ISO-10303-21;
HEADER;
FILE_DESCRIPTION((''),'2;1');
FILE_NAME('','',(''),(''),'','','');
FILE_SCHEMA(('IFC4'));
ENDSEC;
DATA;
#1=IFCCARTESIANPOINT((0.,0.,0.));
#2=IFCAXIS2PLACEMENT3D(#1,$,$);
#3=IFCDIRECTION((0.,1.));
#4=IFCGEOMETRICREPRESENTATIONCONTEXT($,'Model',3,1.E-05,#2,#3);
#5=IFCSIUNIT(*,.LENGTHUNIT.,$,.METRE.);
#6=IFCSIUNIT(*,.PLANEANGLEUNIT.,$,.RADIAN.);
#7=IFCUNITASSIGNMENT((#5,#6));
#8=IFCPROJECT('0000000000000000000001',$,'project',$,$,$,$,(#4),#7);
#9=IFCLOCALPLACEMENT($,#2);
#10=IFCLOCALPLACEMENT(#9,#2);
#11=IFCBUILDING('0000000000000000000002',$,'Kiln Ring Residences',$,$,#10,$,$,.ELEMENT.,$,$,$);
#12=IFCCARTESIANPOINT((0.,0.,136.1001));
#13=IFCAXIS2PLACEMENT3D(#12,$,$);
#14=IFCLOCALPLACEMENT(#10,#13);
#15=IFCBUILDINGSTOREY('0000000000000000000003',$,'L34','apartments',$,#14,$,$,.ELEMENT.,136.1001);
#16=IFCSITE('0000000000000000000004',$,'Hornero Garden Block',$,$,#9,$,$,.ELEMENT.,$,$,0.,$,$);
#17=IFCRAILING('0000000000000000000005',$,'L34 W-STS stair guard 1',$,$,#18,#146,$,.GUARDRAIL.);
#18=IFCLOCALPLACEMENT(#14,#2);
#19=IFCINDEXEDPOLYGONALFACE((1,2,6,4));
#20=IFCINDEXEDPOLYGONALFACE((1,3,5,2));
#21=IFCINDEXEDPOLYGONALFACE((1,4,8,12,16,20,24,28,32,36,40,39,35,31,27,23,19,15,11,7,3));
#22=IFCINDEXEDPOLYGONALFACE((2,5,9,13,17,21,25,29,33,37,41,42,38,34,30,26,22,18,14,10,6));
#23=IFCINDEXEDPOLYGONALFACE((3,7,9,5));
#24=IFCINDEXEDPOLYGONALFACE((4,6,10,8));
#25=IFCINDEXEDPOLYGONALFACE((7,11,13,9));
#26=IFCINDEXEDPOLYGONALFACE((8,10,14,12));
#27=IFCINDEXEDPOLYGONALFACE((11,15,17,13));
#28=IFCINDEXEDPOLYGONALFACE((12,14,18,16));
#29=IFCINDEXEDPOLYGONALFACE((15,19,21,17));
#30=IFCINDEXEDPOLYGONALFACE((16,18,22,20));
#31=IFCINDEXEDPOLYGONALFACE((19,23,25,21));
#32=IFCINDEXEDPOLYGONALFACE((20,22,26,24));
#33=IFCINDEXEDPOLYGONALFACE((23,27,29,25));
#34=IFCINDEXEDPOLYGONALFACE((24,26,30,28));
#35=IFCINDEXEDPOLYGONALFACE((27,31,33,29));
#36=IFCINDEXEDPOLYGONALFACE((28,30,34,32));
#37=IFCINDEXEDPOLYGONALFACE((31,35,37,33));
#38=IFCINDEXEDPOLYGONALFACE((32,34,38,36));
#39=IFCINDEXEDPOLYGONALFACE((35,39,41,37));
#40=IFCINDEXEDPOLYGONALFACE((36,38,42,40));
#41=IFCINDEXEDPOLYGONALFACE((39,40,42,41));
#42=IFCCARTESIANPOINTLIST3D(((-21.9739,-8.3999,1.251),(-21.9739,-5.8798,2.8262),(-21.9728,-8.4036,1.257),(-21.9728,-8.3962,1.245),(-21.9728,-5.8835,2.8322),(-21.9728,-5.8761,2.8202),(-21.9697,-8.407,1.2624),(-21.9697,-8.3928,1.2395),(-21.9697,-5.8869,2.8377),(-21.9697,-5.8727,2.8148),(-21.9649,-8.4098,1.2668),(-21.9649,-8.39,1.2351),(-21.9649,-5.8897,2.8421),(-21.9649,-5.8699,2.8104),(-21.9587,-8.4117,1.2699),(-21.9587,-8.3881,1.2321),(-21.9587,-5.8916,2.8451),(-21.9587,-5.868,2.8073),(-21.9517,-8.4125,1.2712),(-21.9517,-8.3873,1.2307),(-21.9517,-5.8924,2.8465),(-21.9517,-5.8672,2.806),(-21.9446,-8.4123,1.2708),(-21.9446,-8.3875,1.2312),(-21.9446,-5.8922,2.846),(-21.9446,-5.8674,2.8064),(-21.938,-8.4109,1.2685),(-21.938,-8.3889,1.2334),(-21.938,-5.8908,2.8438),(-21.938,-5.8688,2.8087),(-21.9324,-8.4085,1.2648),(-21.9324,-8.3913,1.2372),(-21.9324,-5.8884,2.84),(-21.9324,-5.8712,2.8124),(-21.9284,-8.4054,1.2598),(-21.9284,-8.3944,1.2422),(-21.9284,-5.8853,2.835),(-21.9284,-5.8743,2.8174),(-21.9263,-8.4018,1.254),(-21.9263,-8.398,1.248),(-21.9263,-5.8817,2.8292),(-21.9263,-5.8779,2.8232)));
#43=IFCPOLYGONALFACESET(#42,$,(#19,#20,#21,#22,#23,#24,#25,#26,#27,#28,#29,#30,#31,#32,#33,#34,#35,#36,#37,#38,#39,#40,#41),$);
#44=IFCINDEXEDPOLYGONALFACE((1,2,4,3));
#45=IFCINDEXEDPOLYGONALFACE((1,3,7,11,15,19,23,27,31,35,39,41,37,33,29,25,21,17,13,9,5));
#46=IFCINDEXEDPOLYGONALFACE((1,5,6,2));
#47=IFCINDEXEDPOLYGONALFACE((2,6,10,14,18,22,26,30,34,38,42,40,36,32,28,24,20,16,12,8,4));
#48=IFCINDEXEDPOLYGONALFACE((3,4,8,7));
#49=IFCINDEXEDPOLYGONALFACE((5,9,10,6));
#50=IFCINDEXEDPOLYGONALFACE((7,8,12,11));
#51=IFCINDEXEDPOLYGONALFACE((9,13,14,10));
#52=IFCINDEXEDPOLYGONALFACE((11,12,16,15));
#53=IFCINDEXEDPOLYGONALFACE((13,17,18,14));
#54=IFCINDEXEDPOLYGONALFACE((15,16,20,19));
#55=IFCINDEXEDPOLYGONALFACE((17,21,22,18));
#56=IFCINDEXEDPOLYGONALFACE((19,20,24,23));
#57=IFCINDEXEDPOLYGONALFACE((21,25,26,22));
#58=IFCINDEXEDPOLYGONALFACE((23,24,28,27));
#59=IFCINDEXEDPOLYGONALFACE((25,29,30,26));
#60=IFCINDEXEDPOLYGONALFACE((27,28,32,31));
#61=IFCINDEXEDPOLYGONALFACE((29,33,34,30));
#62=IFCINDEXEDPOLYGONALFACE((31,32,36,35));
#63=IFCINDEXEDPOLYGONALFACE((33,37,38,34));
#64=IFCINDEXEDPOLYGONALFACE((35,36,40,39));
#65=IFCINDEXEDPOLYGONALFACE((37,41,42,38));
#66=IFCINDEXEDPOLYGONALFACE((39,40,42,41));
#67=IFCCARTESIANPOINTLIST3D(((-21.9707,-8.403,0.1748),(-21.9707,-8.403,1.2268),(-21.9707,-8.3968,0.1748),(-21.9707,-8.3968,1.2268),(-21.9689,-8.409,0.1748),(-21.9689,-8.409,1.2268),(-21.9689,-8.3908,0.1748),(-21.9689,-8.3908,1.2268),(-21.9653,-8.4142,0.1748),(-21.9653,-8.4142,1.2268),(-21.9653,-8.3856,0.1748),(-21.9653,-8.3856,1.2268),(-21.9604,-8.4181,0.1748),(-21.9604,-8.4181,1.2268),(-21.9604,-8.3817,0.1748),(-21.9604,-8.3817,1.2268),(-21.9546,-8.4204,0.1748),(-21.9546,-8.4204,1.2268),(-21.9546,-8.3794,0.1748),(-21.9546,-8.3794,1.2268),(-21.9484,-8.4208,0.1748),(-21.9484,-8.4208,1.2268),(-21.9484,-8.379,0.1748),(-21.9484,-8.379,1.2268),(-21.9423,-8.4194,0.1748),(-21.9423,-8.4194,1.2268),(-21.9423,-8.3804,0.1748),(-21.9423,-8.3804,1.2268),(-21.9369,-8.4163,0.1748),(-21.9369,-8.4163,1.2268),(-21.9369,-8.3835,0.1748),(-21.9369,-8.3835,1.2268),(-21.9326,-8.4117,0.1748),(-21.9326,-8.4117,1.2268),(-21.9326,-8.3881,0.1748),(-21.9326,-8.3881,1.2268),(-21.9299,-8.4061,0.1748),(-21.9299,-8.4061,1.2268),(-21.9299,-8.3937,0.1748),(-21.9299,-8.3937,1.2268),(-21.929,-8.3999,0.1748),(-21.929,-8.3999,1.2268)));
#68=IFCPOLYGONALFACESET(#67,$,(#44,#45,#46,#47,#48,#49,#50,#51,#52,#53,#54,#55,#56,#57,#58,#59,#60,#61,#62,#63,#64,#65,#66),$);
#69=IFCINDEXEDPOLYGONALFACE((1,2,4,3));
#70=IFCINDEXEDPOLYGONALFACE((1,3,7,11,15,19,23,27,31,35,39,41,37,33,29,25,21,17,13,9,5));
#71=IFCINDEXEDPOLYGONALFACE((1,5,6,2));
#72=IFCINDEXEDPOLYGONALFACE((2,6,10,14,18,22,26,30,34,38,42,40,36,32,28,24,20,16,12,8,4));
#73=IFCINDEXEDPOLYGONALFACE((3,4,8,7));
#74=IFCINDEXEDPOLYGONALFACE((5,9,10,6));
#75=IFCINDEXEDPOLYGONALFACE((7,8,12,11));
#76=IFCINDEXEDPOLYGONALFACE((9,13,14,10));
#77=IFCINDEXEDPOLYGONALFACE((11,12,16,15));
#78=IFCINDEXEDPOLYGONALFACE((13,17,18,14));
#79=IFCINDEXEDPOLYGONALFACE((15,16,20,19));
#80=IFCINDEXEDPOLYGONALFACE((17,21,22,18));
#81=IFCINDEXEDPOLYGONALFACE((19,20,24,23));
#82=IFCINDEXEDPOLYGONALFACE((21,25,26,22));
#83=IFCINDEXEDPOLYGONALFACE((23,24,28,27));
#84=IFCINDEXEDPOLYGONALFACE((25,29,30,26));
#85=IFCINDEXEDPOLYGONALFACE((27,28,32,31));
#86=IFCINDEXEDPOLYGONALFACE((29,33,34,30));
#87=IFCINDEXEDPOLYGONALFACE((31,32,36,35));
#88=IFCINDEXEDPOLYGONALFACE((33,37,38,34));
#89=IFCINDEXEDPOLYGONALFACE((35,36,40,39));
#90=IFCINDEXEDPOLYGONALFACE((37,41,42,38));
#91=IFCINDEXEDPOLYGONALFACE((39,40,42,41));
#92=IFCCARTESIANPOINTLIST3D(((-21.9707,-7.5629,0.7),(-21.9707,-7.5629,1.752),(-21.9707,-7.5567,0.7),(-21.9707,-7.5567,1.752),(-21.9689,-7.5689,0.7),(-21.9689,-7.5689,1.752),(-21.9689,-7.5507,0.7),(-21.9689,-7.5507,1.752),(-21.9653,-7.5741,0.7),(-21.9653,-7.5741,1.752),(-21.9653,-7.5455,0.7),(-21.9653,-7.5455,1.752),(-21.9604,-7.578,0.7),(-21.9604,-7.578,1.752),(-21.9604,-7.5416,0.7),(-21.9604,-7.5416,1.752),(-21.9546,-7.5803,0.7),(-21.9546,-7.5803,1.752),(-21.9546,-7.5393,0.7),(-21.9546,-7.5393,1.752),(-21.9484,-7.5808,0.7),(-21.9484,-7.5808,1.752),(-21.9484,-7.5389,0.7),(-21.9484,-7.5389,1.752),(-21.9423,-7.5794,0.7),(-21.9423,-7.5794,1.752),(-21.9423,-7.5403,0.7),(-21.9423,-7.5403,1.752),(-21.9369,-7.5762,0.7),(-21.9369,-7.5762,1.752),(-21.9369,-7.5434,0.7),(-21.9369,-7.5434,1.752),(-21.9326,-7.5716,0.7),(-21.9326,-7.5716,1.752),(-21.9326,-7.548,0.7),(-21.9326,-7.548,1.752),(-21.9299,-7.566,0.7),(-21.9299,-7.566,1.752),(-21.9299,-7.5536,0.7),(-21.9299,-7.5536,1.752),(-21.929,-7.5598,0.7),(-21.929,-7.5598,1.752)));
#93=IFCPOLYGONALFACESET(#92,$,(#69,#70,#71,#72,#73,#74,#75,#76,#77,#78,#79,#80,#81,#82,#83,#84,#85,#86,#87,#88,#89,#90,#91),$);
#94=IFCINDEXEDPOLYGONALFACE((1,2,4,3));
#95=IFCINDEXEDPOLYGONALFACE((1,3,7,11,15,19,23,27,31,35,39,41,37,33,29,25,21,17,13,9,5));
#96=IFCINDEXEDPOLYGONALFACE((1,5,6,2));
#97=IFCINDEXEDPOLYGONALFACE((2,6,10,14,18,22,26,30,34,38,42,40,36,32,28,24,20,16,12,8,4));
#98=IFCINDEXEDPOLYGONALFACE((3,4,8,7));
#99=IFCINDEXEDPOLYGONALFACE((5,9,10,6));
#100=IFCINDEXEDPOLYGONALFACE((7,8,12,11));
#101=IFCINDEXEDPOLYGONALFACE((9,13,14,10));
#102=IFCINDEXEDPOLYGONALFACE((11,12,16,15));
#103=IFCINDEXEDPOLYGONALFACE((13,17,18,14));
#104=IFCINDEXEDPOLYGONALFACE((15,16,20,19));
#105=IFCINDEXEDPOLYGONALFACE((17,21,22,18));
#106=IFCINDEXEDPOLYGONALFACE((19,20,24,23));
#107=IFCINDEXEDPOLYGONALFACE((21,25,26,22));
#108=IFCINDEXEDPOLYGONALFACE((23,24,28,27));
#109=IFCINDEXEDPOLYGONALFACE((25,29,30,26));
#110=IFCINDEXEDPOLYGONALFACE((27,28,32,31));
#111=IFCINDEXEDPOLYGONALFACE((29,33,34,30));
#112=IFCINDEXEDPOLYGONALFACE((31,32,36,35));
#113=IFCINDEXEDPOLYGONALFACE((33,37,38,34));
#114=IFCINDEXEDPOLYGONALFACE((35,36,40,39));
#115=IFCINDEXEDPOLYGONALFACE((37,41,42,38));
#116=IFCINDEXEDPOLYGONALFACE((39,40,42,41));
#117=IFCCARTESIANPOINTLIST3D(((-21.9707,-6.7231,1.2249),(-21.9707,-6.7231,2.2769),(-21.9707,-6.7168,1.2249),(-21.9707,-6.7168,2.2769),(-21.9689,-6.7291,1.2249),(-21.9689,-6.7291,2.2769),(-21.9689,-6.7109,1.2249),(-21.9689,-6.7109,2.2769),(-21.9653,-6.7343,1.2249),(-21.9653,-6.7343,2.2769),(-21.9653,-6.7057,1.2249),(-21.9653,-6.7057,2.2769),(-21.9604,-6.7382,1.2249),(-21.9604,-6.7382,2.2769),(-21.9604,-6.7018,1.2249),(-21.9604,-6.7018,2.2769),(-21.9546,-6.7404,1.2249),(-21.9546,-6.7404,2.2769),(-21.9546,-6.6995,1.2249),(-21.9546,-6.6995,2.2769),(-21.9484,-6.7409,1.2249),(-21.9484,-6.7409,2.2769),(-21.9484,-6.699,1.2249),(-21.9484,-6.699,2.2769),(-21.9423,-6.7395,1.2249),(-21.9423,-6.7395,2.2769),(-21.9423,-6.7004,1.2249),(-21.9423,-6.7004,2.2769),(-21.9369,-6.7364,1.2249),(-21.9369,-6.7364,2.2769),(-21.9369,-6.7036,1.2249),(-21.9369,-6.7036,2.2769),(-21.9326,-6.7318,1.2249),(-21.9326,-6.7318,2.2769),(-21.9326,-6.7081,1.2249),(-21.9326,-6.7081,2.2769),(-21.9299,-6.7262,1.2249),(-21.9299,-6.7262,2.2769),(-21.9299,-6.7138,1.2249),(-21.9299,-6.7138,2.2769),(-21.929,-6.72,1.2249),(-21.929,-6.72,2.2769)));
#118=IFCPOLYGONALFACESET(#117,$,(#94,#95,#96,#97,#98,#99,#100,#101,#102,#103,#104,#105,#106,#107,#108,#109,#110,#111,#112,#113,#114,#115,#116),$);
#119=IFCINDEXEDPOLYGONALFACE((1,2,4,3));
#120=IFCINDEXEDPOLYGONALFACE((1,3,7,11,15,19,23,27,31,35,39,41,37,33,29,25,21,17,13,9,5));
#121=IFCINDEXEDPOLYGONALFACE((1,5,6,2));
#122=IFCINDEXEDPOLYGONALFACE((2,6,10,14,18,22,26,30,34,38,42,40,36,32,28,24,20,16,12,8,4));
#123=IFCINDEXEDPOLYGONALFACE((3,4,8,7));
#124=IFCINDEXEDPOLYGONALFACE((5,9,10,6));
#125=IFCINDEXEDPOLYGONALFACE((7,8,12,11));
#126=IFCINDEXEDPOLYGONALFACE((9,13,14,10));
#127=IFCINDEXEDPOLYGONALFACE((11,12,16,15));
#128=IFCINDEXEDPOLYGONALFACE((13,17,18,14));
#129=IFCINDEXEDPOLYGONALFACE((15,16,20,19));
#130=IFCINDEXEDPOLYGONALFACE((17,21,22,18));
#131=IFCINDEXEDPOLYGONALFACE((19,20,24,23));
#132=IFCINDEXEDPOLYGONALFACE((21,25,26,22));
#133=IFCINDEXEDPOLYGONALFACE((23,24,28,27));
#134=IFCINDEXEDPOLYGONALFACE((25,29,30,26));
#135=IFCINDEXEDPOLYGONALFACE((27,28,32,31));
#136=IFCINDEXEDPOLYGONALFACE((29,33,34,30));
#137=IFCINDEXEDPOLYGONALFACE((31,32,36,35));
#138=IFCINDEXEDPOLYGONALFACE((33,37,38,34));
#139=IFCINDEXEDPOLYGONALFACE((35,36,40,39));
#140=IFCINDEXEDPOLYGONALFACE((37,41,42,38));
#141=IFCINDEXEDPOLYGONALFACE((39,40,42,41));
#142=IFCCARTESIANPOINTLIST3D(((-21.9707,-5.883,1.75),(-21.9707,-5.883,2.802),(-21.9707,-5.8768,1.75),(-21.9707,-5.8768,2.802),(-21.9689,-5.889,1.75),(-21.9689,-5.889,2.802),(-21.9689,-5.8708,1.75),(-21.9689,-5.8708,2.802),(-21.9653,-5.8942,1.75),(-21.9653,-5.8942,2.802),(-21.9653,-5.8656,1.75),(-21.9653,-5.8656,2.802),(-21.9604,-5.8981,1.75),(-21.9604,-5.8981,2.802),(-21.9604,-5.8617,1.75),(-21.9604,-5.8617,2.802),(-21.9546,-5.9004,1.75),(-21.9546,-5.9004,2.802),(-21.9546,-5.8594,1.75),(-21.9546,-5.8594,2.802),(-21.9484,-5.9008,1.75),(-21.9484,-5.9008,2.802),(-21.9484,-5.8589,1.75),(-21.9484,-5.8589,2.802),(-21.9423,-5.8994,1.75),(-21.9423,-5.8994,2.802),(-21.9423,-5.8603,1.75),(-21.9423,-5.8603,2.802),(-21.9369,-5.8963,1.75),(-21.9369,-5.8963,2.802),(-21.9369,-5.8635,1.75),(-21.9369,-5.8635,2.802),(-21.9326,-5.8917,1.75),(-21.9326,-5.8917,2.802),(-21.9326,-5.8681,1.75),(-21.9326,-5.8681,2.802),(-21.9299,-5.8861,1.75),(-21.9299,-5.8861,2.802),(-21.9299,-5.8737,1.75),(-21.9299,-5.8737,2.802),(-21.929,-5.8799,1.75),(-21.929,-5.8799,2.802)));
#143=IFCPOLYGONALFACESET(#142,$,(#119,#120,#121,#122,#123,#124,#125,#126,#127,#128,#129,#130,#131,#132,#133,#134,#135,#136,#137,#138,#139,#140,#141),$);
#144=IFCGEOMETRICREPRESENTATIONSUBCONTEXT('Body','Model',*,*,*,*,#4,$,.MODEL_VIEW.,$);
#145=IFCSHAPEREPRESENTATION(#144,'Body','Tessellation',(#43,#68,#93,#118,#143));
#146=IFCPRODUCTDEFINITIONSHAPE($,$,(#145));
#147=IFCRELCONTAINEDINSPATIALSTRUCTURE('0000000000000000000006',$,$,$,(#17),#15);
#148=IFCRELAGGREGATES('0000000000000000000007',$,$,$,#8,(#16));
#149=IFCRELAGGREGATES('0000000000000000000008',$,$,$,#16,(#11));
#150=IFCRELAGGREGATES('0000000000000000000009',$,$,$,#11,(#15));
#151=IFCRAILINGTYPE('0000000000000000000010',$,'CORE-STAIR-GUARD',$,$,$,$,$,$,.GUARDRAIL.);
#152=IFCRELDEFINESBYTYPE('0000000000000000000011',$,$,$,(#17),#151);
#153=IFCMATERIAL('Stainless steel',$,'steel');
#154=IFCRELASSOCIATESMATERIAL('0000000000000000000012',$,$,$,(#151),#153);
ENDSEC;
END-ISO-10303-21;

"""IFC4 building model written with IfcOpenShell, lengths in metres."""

from ifc_helpers import new_model, si_unit, direction, frame, origin, origin_2d, place, context, subcontext, project, spatial, circle, extrude, material, type_object, element, save


model = new_model("IFC4")

# Units and contexts
model_context = context("Model", 3, precision=1e-05, world=origin(), true_north=direction((0.0, 1.0)))
body_context = subcontext(model_context, "Body", "Model", "MODEL_VIEW")
ifc_project = project(units=[si_unit("LENGTHUNIT", "METRE"), si_unit("PLANEANGLEUNIT", "RADIAN")], contexts=[model_context])

# Site, building, storey
site_placement = place(None, origin())
site = spatial("IfcSite", under=ifc_project, at=site_placement, Name="Hornero Garden Block", CompositionType="ELEMENT", RefElevation=0.0)
building_placement = place(site_placement, origin())
building = spatial("IfcBuilding", under=site, at=building_placement, Name="Kiln Ring Residences", CompositionType="ELEMENT")
storey_placement = place(building_placement, frame((0.0, 0.0, 136.1001)))
storey = spatial("IfcBuildingStorey", under=building, at=storey_placement, Name="L34", Description="apartments", CompositionType="ELEMENT", Elevation=136.1001)

# Railing
ifc_material_1 = material(Name="Stainless steel", Category="steel")
railing_type_1 = type_object("IfcRailingType", Name="CORE-STAIR-GUARD", PredefinedType="GUARDRAIL", material=ifc_material_1)
railing_1_placement = place(storey_placement, frame((-21.95, -8.3999, 0.1748)))
element("IfcRailing", 1, at=railing_1_placement, inside=storey, type_object=railing_type_1, Name="L34 W-STS stair guard 1", PredefinedType="GUARDRAIL", context=body_context, shape_type="SweptSolid", body=[
    extrude(circle(Radius=0.0239, at=origin_2d()), frame((0.0, 0.0, 1.0762), z_axis=(0.0, 0.847971, 0.530043), x_axis=(-1.0, 0.0, 0.0)), (0.0, 0.0, 1.0), 2.9719),
    extrude(circle(Radius=0.021, at=origin_2d()), origin(), (0.0, 0.0, 1.0), 1.052),
    extrude(circle(Radius=0.021, at=origin_2d()), frame((0.0, 0.8401, 0.5251)), (0.0, 0.0, 1.0), 1.052),
    extrude(circle(Radius=0.021, at=origin_2d()), frame((0.0, 1.6799, 1.05)), (0.0, 0.0, 1.0), 1.052),
    extrude(circle(Radius=0.021, at=origin_2d()), frame((0.0, 2.52, 1.5752)), (0.0, 0.0, 1.0), 1.052),
])

save(model, "model.ifc")
